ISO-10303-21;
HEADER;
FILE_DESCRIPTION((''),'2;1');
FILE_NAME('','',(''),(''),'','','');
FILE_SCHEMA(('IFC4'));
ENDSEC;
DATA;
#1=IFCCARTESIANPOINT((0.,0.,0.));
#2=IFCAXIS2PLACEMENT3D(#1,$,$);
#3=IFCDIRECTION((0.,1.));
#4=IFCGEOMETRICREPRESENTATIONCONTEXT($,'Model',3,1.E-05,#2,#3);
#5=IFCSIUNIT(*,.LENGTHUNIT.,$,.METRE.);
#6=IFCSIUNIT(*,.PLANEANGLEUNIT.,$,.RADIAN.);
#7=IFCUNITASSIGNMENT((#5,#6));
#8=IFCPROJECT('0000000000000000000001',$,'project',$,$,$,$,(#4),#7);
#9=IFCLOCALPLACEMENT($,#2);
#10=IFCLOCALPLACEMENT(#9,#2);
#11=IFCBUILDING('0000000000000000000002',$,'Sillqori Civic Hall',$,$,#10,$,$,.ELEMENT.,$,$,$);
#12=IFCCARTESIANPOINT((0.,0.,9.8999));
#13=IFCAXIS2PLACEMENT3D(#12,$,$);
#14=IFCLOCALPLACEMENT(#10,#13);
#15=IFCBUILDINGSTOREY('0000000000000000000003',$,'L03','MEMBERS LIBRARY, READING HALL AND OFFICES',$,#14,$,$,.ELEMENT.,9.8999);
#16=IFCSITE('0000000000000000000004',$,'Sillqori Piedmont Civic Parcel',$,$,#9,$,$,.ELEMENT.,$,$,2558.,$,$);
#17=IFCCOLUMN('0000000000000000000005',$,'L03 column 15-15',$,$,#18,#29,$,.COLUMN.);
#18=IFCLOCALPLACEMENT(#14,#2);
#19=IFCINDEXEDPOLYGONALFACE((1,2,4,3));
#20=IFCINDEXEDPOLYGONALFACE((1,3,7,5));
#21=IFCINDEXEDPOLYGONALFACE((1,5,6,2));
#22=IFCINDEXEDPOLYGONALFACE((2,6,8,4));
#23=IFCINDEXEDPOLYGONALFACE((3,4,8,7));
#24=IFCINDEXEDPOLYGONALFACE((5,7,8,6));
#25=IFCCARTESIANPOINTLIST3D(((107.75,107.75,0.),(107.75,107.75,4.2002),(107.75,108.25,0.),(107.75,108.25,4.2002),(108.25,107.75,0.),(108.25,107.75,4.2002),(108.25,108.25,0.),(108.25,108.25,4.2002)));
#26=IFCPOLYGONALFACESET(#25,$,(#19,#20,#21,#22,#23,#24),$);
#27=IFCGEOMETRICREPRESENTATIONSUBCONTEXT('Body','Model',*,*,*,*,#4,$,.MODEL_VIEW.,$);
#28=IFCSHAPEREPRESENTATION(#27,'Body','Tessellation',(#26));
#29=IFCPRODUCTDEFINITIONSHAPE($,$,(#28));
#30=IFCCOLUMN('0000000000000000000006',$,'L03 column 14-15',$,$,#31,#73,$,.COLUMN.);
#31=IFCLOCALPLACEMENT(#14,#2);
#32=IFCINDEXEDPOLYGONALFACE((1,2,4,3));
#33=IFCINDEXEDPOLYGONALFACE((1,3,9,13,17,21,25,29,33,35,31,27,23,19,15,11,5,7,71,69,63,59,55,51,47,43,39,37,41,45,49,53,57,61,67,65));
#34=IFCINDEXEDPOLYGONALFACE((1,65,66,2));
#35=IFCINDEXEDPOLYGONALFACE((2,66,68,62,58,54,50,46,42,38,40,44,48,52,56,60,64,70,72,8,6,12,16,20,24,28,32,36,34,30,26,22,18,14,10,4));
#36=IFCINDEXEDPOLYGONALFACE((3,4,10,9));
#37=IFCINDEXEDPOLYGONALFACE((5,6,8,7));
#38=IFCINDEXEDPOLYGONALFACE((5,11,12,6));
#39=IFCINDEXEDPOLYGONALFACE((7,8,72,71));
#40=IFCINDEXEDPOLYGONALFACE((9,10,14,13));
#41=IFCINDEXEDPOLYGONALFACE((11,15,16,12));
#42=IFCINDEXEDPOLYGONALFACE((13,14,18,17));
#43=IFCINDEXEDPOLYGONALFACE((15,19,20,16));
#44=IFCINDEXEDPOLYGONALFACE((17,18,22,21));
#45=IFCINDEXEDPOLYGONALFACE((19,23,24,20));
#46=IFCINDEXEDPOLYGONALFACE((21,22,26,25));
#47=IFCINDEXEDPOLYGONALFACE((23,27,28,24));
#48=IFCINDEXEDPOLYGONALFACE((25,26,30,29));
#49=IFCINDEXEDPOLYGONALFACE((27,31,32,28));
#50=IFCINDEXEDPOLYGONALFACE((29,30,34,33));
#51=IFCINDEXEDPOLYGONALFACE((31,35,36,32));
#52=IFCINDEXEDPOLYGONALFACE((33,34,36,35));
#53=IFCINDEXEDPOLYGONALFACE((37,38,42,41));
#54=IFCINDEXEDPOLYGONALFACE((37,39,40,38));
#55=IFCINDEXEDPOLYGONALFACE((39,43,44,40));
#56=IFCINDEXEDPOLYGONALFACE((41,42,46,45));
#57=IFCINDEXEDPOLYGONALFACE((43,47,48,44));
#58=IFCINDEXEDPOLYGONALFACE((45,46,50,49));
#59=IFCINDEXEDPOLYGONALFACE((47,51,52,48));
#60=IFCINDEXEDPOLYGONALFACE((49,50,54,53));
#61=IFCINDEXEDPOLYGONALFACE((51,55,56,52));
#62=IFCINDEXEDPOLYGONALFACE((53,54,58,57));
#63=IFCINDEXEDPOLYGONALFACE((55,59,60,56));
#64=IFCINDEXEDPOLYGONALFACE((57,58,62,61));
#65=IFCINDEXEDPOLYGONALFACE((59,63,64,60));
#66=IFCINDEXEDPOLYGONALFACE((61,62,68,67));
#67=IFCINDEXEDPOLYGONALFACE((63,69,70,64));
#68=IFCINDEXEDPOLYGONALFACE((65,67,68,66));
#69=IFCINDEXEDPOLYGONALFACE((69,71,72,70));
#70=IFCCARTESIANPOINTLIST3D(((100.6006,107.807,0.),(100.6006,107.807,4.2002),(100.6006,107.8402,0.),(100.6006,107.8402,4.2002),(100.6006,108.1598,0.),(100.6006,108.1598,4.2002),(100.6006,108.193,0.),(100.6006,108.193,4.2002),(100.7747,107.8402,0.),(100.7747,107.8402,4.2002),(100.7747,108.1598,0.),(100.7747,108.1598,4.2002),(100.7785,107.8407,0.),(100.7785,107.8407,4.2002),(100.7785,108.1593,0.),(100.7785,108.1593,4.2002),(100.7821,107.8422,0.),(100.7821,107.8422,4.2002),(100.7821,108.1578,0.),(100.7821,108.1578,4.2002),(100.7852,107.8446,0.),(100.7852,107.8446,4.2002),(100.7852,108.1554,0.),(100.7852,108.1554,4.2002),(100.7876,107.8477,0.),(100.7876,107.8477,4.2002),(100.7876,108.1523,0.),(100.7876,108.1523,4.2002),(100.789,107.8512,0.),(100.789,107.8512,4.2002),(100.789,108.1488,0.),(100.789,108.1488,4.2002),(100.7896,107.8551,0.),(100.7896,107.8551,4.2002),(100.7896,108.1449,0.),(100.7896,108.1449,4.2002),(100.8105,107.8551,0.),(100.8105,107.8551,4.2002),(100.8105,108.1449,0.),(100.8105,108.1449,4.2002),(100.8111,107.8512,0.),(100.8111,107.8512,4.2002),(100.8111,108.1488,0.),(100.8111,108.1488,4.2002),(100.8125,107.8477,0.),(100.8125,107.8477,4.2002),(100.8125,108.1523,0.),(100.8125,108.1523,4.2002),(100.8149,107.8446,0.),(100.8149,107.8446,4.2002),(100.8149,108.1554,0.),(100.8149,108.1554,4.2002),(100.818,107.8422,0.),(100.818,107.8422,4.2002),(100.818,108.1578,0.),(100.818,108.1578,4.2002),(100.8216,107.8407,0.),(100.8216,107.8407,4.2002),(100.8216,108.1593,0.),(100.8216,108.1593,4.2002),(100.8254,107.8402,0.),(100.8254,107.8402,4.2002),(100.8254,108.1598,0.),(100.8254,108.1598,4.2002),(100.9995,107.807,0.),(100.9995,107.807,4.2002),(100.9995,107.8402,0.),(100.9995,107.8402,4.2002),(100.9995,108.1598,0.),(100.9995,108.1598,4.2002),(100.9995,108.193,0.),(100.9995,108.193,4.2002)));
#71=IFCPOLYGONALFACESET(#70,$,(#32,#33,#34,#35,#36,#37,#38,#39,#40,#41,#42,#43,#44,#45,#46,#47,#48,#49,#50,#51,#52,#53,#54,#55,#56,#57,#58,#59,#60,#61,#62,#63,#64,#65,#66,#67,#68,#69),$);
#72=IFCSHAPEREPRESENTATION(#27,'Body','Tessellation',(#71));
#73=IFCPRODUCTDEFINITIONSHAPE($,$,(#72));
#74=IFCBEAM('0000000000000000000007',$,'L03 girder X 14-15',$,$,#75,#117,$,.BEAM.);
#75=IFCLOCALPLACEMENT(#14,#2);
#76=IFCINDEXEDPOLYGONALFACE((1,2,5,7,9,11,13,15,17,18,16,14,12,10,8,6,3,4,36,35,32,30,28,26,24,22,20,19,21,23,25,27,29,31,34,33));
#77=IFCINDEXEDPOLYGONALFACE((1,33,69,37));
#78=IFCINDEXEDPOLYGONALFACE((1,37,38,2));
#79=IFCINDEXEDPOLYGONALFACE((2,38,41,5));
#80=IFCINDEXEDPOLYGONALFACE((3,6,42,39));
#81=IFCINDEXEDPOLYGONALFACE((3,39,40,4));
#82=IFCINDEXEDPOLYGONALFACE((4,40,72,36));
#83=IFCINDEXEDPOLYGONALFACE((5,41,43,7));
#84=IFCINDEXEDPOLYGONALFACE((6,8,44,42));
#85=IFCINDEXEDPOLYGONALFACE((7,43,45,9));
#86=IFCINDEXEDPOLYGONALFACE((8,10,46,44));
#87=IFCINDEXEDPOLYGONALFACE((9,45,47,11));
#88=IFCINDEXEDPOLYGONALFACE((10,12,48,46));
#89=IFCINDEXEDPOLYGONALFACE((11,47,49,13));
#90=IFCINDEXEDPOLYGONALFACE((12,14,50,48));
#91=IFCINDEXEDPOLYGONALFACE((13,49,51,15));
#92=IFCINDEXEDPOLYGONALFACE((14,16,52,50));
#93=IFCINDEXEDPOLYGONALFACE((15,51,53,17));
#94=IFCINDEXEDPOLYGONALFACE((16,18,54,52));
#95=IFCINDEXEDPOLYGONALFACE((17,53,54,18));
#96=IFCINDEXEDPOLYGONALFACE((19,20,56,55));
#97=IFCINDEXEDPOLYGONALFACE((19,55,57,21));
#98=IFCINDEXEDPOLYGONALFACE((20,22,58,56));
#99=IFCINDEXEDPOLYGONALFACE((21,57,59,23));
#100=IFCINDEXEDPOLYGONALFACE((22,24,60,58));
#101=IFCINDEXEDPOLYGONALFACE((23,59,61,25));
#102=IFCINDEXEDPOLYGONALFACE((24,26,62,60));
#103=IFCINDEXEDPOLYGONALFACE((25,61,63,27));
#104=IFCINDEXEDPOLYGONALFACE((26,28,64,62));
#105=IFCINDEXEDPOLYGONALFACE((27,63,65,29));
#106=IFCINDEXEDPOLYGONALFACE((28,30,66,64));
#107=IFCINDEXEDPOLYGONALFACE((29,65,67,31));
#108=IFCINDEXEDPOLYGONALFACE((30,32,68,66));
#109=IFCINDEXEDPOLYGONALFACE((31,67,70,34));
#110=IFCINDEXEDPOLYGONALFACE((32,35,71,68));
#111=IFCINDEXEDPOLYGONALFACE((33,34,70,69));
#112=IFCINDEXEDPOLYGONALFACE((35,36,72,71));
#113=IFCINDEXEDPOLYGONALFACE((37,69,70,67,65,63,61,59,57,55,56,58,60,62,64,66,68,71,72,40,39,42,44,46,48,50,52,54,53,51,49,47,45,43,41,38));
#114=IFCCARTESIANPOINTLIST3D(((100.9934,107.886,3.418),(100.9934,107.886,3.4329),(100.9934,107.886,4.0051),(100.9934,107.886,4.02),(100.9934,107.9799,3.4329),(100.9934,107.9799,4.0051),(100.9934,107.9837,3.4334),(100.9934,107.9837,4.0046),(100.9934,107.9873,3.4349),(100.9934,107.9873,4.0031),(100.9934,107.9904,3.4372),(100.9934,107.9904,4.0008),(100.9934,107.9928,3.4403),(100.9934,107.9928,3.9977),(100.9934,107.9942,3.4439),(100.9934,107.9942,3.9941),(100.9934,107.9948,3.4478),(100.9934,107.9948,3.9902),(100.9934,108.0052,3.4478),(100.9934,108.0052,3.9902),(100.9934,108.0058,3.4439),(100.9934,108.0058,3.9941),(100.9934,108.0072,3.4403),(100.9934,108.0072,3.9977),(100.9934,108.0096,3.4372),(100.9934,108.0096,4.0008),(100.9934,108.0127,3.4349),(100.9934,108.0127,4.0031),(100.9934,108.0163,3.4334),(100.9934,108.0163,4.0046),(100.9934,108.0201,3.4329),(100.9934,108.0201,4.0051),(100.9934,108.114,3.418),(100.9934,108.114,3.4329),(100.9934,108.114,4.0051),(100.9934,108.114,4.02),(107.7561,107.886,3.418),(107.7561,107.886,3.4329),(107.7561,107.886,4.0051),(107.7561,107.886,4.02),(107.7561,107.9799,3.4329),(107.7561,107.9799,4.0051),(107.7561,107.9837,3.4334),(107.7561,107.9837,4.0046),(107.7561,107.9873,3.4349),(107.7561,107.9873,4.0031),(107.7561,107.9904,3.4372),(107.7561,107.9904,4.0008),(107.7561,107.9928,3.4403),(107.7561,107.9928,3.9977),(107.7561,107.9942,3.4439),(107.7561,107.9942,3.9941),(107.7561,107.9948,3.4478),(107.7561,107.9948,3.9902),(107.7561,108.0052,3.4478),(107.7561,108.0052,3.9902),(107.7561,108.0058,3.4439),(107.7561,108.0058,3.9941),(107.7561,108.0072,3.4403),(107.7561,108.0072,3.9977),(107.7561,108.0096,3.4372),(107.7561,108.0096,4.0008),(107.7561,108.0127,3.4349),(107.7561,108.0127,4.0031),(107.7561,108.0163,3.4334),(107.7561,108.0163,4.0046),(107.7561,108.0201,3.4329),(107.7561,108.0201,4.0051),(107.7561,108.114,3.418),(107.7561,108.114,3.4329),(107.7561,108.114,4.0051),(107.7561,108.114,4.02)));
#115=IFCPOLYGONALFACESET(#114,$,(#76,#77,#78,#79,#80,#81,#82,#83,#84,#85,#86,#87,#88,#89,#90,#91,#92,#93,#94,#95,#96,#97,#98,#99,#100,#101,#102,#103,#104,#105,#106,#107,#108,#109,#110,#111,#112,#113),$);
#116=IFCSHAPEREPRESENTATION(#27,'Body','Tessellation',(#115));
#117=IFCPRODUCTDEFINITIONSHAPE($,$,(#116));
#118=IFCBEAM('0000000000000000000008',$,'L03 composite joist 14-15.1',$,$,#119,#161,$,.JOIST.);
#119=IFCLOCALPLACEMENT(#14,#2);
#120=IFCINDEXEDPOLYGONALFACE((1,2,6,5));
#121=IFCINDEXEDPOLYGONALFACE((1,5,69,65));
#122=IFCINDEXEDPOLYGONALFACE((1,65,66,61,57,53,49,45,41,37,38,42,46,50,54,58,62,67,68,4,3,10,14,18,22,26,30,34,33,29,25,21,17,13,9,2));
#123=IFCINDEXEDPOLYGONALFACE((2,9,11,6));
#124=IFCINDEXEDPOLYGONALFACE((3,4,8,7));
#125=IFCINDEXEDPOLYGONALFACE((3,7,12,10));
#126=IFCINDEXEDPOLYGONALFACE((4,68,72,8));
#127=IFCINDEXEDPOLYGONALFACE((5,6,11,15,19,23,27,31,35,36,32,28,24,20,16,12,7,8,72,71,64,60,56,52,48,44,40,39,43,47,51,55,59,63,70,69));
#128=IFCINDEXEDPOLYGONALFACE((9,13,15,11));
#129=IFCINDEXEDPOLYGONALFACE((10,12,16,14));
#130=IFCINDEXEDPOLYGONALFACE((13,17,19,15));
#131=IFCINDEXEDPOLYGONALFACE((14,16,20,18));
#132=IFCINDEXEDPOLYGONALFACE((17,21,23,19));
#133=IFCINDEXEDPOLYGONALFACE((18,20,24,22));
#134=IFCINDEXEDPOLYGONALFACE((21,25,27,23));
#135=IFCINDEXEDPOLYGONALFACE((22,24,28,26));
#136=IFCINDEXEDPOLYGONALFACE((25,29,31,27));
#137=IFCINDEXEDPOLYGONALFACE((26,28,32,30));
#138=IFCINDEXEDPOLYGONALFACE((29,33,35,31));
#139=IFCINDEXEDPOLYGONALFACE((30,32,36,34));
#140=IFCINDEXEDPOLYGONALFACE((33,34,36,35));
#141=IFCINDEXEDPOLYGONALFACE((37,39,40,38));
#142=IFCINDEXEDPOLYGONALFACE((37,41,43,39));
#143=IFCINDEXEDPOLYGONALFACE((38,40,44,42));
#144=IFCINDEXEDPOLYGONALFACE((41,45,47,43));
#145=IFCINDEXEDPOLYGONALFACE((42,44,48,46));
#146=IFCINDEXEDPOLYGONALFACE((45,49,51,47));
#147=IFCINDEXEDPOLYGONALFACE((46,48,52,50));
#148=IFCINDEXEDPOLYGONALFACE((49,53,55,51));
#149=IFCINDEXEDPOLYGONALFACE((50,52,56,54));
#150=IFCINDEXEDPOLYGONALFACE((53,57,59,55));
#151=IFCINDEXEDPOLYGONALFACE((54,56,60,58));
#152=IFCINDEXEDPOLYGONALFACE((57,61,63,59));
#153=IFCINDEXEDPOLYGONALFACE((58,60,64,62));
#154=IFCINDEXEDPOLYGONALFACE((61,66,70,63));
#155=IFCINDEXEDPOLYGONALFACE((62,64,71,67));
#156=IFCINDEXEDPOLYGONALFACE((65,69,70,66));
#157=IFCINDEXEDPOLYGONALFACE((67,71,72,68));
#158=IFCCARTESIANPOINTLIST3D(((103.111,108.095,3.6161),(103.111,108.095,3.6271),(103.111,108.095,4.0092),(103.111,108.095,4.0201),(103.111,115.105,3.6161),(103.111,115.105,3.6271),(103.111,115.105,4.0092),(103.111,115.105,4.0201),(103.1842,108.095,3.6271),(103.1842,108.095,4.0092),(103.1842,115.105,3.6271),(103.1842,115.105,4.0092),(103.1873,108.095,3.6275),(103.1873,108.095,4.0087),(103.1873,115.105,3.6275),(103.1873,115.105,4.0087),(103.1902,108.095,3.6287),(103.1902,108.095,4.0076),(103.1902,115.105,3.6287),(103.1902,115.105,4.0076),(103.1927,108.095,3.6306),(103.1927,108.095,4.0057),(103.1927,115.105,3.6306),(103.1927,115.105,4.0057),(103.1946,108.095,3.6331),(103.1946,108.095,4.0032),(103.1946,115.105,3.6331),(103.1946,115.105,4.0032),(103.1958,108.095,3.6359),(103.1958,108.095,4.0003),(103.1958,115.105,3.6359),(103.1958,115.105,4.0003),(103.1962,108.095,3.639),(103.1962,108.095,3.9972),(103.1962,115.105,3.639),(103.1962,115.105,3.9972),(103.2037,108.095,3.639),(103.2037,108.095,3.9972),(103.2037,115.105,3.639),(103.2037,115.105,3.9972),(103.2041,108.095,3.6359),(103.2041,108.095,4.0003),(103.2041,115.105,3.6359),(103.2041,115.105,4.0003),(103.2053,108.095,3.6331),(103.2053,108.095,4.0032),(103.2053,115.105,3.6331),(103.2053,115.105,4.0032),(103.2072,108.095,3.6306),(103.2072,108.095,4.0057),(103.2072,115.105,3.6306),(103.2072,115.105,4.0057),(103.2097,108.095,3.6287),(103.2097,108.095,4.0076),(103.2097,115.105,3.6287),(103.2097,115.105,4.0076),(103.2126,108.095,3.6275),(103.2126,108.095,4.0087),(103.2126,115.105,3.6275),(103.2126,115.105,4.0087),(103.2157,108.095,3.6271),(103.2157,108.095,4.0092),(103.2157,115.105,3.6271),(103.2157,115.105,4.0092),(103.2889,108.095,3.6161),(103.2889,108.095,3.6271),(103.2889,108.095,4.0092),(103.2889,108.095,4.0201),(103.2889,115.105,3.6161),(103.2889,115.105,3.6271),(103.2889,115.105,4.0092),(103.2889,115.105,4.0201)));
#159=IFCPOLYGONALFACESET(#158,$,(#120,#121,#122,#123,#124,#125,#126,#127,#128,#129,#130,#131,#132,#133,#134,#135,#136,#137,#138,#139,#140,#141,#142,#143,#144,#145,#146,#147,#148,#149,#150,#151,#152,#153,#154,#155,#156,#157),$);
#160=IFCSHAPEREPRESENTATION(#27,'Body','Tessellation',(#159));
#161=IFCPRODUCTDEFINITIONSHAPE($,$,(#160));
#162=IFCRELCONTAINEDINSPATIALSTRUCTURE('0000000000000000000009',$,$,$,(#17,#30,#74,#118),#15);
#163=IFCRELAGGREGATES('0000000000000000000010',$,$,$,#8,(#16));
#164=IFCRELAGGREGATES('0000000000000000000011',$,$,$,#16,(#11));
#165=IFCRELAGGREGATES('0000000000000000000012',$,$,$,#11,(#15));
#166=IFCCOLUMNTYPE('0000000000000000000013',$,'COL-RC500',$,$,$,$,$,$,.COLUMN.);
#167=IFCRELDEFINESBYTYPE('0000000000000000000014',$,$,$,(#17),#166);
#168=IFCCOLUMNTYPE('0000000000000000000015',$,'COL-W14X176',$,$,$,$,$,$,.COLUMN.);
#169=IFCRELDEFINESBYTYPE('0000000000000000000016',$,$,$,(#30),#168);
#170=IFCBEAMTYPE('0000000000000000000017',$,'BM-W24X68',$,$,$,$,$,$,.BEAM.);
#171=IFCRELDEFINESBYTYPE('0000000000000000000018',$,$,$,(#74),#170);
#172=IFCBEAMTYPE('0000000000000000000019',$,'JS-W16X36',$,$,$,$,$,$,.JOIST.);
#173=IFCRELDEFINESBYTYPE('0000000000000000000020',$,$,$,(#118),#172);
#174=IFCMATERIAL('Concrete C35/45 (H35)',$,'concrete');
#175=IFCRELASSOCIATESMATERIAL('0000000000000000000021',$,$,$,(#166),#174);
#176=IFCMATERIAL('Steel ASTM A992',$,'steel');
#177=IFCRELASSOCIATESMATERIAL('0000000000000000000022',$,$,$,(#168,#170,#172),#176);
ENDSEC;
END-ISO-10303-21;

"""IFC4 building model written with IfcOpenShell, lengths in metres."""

from ifc_helpers import new_model, si_unit, direction, frame, origin, origin_2d, place, context, subcontext, project, spatial, rectangle, i_section, extrude, material, material_profile, profile_set, type_object, element, save


model = new_model("IFC4")

# Units and contexts
model_context = context("Model", 3, precision=1e-05, world=origin(), true_north=direction((0.0, 1.0)))
body_context = subcontext(model_context, "Body", "Model", "MODEL_VIEW")
ifc_project = project(units=[si_unit("LENGTHUNIT", "METRE"), si_unit("PLANEANGLEUNIT", "RADIAN")], contexts=[model_context])

# Site, building, storey
site_placement = place(None, origin())
site = spatial("IfcSite", under=ifc_project, at=site_placement, Name="Sillqori Piedmont Civic Parcel", CompositionType="ELEMENT", RefElevation=2558.0)
building_placement = place(site_placement, origin())
building = spatial("IfcBuilding", under=site, at=building_placement, Name="Sillqori Civic Hall", CompositionType="ELEMENT")
storey_placement = place(building_placement, frame((0.0, 0.0, 9.8999)))
storey = spatial("IfcBuildingStorey", under=building, at=storey_placement, Name="L03", Description="MEMBERS LIBRARY, READING HALL AND OFFICES", CompositionType="ELEMENT", Elevation=9.8999)

# Columns
ifc_material_1 = material(Name="Concrete C35/45 (H35)", Category="concrete")
ifc_material_profile_1 = material_profile(ifc_material_1, rectangle(XDim=0.5, YDim=0.5, at=origin_2d()), Name="RC 500x500")
ifc_profile_set_1 = profile_set([ifc_material_profile_1], Name="Concrete C35/45 (H35)")
column_type_1 = type_object("IfcColumnType", Name="COL-RC500", PredefinedType="COLUMN", material=ifc_profile_set_1)
column_1_placement = place(storey_placement, frame((108.0, 108.0, 0.0), z_axis=(0.0, 0.0, 1.0), x_axis=(1.0, 0.0, 0.0)))
element("IfcColumn", 1, at=column_1_placement, inside=storey, type_object=column_type_1, Name="L03 column 15-15", PredefinedType="COLUMN", context=body_context, shape_type="SweptSolid", body=[
    extrude(rectangle(XDim=0.5, YDim=0.5, at=origin_2d()), origin(), (0.0, 0.0, 1.0), 4.2002),
])
ifc_material_2 = material(Name="Steel ASTM A992", Category="steel")
ifc_material_profile_2 = material_profile(ifc_material_2, i_section(OverallWidth=0.3989, OverallDepth=0.386, WebThickness=0.021, FlangeThickness=0.0332, FilletRadius=0.0149, at=origin_2d()), Name="W14X176")
ifc_profile_set_2 = profile_set([ifc_material_profile_2], Name="Steel ASTM A992")
column_type_2 = type_object("IfcColumnType", Name="COL-W14X176", PredefinedType="COLUMN", material=ifc_profile_set_2)
column_2_placement = place(storey_placement, frame((100.8, 108.0, 0.0), z_axis=(0.0, 0.0, 1.0), x_axis=(1.0, 0.0, 0.0)))
element("IfcColumn", 2, at=column_2_placement, inside=storey, type_object=column_type_2, Name="L03 column 14-15", PredefinedType="COLUMN", context=body_context, shape_type="SweptSolid", body=[
    extrude(i_section(OverallWidth=0.3989, OverallDepth=0.386, WebThickness=0.021, FlangeThickness=0.0332, FilletRadius=0.0149, at=origin_2d()), origin(), (0.0, 0.0, 1.0), 4.2002),
])

# Beam
ifc_material_profile_3 = material_profile(ifc_material_2, i_section(OverallWidth=0.228, OverallDepth=0.6021, WebThickness=0.0105, FlangeThickness=0.0149, FilletRadius=0.0149, at=origin_2d()), Name="W24X68")
ifc_profile_set_3 = profile_set([ifc_material_profile_3], Name="Steel ASTM A992")
beam_type_1 = type_object("IfcBeamType", Name="BM-W24X68", PredefinedType="BEAM", material=ifc_profile_set_3)
beam_1_placement = place(storey_placement, frame((100.9934, 108.0, 3.719), z_axis=(1.0, 0.0, 0.0), x_axis=(0.0, 1.0, 0.0)))
element("IfcBeam", 3, at=beam_1_placement, inside=storey, type_object=beam_type_1, Name="L03 girder X 14-15", PredefinedType="BEAM", context=body_context, shape_type="SweptSolid", body=[
    extrude(i_section(OverallWidth=0.228, OverallDepth=0.6021, WebThickness=0.0105, FlangeThickness=0.0149, FilletRadius=0.0149, at=origin_2d()), origin(), (0.0, 0.0, 1.0), 6.7627),
])

# Beam
ifc_material_profile_4 = material_profile(ifc_material_2, i_section(OverallWidth=0.178, OverallDepth=0.4041, WebThickness=0.0076, FlangeThickness=0.011, FilletRadius=0.012, at=origin_2d()), Name="W16X36")
ifc_profile_set_4 = profile_set([ifc_material_profile_4], Name="Steel ASTM A992")
beam_type_2 = type_object("IfcBeamType", Name="JS-W16X36", PredefinedType="JOIST", material=ifc_profile_set_4)
beam_2_placement = place(storey_placement, frame((103.2, 108.095, 3.8181), z_axis=(0.0, 1.0, 0.0), x_axis=(-1.0, 0.0, 0.0)))
element("IfcBeam", 4, at=beam_2_placement, inside=storey, type_object=beam_type_2, Name="L03 composite joist 14-15.1", PredefinedType="JOIST", context=body_context, shape_type="SweptSolid", body=[
    extrude(i_section(OverallWidth=0.178, OverallDepth=0.4041, WebThickness=0.0076, FlangeThickness=0.011, FilletRadius=0.012, at=origin_2d()), origin(), (0.0, 0.0, 1.0), 7.01),
])

save(model, "model.ifc")
